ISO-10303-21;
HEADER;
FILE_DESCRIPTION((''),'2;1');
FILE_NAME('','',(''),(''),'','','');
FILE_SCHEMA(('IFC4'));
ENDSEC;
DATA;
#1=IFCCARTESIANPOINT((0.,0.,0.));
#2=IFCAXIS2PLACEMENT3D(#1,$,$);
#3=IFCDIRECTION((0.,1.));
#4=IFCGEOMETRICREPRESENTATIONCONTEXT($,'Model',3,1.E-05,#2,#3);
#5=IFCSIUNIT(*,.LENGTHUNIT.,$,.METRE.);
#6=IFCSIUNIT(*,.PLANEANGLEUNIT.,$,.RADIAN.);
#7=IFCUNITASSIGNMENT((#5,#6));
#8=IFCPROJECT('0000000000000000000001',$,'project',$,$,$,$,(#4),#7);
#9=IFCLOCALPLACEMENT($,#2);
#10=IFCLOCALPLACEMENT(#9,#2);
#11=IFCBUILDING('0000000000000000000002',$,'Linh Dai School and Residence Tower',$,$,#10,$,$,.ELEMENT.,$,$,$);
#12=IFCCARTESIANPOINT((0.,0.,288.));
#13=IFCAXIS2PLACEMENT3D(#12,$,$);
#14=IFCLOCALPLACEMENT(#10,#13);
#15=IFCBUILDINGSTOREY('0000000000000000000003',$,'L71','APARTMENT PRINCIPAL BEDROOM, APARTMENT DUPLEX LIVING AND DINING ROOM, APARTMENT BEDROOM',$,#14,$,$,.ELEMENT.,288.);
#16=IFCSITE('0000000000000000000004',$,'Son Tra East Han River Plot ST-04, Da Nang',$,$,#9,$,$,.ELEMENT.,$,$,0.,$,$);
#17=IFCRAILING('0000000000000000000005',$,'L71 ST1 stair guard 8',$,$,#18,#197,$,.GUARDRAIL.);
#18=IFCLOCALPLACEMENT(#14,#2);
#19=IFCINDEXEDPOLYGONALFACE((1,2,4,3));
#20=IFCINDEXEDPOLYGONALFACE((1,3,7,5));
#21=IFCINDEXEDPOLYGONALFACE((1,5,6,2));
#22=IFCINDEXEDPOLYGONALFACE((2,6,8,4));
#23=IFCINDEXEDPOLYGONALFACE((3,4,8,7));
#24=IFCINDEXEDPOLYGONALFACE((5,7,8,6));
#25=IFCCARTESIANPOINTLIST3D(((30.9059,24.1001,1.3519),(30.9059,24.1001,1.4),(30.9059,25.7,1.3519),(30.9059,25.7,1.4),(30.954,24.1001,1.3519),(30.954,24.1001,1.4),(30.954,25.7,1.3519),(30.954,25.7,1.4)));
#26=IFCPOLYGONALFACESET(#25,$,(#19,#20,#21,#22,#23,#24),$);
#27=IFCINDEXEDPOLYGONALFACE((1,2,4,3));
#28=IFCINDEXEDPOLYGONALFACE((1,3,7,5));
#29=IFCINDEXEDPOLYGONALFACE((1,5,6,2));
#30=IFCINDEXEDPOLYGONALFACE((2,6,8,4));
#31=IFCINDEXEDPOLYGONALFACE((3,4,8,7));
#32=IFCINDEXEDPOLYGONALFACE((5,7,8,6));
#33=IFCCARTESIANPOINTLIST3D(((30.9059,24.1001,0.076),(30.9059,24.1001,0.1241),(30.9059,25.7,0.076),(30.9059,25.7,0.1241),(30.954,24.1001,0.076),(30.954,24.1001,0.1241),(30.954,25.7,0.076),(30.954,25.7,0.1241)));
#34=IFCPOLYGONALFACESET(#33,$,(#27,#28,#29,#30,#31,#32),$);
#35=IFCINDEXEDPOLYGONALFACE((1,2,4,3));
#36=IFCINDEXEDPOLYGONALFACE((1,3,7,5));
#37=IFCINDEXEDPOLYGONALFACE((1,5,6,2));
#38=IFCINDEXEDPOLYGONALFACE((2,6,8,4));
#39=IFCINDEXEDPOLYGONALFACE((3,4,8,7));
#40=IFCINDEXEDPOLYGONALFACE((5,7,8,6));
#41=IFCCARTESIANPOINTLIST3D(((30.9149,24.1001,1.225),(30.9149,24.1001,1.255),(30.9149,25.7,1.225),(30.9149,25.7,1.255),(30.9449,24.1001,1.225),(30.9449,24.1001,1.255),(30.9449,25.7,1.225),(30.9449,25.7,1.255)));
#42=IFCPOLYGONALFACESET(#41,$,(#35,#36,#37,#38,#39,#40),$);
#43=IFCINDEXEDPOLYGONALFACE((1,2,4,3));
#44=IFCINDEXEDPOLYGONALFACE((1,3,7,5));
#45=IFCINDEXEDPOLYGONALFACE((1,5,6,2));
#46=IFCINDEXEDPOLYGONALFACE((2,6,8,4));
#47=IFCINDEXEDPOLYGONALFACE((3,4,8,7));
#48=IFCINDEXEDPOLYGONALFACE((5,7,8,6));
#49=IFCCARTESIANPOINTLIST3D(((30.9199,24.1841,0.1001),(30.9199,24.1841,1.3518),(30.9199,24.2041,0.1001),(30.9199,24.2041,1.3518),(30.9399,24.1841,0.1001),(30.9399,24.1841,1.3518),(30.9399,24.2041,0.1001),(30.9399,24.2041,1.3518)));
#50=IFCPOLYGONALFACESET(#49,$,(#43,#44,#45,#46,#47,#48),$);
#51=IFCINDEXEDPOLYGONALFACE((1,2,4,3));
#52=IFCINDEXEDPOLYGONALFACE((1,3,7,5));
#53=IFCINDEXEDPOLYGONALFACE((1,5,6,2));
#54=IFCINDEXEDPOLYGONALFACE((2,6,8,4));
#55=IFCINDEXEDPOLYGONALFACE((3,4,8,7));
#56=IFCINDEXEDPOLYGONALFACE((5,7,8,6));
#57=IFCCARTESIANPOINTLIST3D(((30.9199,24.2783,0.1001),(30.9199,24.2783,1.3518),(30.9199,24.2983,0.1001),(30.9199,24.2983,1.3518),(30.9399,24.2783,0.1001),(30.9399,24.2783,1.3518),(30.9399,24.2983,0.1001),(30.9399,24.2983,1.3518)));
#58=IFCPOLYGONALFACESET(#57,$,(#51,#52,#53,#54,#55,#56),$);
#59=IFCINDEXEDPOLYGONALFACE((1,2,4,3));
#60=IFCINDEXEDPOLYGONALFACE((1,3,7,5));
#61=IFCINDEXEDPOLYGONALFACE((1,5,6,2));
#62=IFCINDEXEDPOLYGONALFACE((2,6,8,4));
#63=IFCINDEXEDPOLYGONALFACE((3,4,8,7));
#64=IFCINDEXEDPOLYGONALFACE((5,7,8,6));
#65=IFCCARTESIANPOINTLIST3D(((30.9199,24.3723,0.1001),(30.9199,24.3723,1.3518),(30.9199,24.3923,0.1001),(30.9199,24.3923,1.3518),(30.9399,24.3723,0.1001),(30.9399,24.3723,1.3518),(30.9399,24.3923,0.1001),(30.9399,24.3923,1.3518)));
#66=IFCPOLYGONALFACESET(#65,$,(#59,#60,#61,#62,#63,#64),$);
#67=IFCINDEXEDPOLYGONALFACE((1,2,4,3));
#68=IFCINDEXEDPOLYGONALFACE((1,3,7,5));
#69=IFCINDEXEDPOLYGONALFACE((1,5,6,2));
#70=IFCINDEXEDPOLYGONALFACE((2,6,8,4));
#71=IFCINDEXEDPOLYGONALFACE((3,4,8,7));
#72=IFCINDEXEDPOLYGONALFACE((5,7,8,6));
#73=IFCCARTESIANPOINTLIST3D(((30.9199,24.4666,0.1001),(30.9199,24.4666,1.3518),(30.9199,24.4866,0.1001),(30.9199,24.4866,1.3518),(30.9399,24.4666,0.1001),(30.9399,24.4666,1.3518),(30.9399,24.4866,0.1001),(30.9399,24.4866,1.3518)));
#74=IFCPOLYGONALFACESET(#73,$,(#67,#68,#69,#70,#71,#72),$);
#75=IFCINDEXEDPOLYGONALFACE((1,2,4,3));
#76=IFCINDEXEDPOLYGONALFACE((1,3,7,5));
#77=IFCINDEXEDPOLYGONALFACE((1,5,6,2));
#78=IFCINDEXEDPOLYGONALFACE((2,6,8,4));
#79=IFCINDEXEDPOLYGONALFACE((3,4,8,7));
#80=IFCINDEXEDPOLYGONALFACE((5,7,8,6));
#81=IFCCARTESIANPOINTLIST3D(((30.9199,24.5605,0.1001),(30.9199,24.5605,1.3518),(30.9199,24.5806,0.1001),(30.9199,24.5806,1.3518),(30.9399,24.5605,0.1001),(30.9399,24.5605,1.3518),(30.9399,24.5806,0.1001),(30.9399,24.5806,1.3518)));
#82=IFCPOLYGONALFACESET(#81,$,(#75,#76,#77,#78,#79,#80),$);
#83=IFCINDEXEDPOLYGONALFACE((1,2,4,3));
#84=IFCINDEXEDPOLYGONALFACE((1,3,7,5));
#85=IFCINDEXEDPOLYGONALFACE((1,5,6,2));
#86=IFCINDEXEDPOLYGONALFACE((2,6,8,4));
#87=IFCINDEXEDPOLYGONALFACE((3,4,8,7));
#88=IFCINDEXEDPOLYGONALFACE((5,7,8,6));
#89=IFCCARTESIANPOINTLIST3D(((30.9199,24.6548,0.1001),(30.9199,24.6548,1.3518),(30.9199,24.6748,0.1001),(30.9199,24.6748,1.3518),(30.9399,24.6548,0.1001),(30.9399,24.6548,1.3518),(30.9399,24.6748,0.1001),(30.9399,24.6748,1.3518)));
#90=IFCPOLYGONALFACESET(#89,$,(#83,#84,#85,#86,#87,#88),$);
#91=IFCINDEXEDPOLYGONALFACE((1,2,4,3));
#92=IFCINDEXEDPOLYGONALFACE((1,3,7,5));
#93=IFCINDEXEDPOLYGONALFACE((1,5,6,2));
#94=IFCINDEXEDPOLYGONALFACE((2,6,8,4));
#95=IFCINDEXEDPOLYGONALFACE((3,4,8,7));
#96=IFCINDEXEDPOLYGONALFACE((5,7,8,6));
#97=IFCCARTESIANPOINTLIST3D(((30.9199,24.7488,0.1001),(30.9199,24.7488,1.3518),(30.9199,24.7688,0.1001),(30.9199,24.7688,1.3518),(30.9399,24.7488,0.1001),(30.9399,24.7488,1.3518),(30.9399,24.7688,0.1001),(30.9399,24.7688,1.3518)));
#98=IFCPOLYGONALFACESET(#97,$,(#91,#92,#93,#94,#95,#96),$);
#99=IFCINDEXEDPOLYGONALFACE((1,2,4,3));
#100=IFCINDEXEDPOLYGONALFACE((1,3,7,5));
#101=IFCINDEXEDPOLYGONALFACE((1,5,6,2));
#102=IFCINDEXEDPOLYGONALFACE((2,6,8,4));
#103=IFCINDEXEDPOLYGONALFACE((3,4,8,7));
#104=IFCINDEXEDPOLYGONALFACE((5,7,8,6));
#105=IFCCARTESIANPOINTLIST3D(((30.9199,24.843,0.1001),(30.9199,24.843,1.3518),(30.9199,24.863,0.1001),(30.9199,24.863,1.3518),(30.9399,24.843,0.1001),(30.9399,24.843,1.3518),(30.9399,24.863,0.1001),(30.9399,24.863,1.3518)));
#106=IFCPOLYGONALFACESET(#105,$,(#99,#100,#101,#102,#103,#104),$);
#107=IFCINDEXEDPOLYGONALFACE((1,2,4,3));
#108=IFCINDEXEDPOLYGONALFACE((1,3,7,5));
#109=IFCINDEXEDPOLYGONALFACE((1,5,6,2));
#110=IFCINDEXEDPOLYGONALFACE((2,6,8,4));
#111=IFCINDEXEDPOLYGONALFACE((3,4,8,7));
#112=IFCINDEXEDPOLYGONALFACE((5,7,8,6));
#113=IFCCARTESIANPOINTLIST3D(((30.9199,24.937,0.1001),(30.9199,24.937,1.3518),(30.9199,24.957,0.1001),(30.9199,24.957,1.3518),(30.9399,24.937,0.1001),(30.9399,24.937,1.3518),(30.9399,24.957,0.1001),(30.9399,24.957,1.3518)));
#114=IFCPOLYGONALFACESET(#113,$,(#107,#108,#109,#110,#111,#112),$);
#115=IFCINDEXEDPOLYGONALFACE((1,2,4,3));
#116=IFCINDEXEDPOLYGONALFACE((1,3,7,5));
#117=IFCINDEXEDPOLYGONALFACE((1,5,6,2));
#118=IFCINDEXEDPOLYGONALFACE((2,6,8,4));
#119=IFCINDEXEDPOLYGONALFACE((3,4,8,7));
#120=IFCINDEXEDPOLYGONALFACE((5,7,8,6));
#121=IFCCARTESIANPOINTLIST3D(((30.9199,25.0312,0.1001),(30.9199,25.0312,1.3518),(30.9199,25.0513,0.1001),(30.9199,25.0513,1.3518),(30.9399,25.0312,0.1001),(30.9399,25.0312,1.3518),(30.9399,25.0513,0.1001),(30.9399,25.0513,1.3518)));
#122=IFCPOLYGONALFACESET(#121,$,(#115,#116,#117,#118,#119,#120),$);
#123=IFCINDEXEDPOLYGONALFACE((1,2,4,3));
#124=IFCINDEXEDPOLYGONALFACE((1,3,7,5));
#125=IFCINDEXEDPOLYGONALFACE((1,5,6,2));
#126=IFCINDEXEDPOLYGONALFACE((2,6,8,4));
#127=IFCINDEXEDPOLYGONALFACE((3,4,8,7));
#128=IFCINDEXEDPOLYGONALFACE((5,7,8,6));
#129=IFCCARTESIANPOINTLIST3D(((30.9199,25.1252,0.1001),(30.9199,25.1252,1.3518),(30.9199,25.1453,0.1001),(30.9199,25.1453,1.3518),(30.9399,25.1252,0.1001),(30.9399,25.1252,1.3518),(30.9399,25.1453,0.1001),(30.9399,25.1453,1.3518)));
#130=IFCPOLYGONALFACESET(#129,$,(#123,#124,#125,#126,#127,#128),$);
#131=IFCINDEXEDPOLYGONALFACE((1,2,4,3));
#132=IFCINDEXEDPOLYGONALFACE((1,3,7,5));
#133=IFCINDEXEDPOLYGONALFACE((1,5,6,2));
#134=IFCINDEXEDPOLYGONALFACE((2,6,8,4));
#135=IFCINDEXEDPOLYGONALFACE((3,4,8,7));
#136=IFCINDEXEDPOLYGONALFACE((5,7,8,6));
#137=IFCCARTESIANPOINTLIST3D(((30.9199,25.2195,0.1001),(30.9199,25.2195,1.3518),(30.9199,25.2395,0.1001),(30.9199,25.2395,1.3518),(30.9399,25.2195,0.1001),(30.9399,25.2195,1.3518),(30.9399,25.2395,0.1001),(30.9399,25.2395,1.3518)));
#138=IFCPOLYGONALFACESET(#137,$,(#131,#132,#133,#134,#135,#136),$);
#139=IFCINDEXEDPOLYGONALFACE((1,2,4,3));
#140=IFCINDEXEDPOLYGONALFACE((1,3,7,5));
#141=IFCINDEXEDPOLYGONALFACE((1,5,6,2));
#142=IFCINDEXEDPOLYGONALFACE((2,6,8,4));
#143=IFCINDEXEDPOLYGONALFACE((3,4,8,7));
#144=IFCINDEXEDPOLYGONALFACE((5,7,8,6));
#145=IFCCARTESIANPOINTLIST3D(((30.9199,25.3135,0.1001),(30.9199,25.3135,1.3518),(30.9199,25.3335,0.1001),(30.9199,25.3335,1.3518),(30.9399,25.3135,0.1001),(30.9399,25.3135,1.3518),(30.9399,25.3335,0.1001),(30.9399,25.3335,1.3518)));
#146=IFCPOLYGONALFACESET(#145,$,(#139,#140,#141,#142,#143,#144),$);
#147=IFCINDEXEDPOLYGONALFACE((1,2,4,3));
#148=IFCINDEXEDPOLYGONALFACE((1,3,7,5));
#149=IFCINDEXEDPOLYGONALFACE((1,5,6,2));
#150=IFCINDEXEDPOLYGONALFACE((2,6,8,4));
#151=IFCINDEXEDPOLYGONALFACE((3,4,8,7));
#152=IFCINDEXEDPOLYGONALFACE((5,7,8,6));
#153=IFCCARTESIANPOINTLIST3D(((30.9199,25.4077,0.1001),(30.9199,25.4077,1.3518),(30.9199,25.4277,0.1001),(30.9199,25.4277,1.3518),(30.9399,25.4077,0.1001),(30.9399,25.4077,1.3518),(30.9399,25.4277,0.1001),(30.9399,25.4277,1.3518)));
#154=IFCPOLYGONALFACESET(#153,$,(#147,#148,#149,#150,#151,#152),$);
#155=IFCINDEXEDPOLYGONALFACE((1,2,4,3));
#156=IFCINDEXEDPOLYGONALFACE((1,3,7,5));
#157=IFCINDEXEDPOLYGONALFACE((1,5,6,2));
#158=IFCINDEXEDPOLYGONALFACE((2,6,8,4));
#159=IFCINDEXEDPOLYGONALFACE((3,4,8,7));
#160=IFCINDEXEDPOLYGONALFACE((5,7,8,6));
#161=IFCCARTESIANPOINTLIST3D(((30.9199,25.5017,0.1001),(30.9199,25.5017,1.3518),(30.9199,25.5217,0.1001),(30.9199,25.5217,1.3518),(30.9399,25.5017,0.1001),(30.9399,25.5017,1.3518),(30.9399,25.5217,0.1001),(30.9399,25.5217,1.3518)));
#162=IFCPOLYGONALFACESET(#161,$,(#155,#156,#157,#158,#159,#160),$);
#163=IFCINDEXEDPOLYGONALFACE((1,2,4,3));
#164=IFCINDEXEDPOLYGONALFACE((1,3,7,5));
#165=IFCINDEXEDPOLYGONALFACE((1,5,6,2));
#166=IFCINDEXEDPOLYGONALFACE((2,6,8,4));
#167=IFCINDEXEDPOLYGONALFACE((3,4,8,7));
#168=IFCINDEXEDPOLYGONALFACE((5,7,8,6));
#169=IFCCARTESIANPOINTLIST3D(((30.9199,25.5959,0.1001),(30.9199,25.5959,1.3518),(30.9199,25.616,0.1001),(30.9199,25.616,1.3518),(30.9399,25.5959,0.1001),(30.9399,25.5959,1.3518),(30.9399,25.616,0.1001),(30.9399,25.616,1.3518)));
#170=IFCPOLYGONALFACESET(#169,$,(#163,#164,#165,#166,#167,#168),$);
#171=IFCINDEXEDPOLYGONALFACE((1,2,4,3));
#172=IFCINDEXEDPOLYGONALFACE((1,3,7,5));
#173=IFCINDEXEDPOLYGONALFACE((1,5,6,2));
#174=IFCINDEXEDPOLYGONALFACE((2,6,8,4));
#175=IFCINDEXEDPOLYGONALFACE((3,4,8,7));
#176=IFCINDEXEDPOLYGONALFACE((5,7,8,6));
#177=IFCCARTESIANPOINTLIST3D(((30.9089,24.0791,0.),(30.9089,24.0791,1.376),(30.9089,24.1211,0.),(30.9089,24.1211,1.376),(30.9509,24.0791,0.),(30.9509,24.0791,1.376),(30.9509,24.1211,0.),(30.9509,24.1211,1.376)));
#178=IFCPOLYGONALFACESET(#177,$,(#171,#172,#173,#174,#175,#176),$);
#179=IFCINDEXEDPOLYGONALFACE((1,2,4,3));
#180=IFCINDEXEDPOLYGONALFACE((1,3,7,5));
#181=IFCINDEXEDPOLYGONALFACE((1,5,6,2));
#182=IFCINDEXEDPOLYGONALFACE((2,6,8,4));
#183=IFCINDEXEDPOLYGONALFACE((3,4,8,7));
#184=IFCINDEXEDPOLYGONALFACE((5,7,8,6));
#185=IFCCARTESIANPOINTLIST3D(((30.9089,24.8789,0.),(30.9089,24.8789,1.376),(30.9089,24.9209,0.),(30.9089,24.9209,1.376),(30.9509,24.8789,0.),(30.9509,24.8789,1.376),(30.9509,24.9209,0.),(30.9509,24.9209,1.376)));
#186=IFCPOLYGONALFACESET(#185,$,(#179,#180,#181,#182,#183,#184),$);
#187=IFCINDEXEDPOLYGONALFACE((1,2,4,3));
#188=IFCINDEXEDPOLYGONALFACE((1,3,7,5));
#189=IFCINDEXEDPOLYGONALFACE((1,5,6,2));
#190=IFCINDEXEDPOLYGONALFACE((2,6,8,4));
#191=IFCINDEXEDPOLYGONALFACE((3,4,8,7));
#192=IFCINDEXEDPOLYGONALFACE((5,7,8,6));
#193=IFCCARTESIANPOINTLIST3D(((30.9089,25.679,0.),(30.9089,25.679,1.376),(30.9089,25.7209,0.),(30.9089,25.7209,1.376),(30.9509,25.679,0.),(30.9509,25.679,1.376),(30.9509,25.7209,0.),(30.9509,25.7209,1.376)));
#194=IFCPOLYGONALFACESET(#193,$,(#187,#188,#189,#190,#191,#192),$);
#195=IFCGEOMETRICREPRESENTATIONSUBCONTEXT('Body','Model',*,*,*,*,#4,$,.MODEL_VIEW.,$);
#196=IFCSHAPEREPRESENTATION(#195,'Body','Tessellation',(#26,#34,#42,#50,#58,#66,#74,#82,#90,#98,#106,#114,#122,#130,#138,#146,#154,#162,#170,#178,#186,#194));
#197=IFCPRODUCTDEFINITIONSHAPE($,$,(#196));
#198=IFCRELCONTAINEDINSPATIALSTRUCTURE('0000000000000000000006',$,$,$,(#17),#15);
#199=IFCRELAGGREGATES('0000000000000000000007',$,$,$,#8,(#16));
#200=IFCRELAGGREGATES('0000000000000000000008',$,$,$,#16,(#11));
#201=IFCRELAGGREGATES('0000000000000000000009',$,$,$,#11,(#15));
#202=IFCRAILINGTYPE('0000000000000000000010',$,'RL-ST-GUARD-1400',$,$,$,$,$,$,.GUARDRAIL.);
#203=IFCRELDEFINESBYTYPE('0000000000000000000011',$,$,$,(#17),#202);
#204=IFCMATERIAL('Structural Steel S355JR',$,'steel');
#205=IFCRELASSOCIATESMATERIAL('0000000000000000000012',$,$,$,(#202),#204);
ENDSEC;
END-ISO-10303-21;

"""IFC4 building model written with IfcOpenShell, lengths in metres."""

from ifc_helpers import new_model, si_unit, direction, frame, origin, origin_2d, place, context, subcontext, project, spatial, rectangle, extrude, source, transform, mapped, material, type_object, element, save


model = new_model("IFC4")

# Units and contexts
model_context = context("Model", 3, precision=1e-05, world=origin(), true_north=direction((0.0, 1.0)))
body_context = subcontext(model_context, "Body", "Model", "MODEL_VIEW")
ifc_project = project(units=[si_unit("LENGTHUNIT", "METRE"), si_unit("PLANEANGLEUNIT", "RADIAN")], contexts=[model_context])

# Site, building, storey
site_placement = place(None, origin())
site = spatial("IfcSite", under=ifc_project, at=site_placement, Name="Son Tra East Han River Plot ST-04, Da Nang", CompositionType="ELEMENT", RefElevation=0.0)
building_placement = place(site_placement, origin())
building = spatial("IfcBuilding", under=site, at=building_placement, Name="Linh Dai School and Residence Tower", CompositionType="ELEMENT")
storey_placement = place(building_placement, frame((0.0, 0.0, 288.0)))
storey = spatial("IfcBuildingStorey", under=building, at=storey_placement, Name="L71", Description="APARTMENT PRINCIPAL BEDROOM, APARTMENT DUPLEX LIVING AND DINING ROOM, APARTMENT BEDROOM", CompositionType="ELEMENT", Elevation=288.0)

# Shared definitions
ifc_material_1 = material(Name="Structural Steel S355JR", Category="steel")

# Railing
railing_type_1 = type_object("IfcRailingType", Name="RL-ST-GUARD-1400", PredefinedType="GUARDRAIL", material=ifc_material_1)
shared_shape_1 = source(origin(), body_context, "Body", "SweptSolid", [
    extrude(rectangle(XDim=0.0481, YDim=0.0481, at=origin_2d()), frame((0.0, 0.0, 1.376), z_axis=(0.0, 1.0, 0.0), x_axis=(-1.0, 0.0, 0.0)), (0.0, 0.0, 1.0), 1.5999),
    extrude(rectangle(XDim=0.0481, YDim=0.0481, at=origin_2d()), frame((0.0, 0.0, 0.1001), z_axis=(0.0, 1.0, 0.0), x_axis=(-1.0, 0.0, 0.0)), (0.0, 0.0, 1.0), 1.5999),
    extrude(rectangle(XDim=0.03, YDim=0.03, at=origin_2d()), frame((0.0, 0.0, 1.24), z_axis=(0.0, 1.0, 0.0), x_axis=(-1.0, 0.0, 0.0)), (0.0, 0.0, 1.0), 1.5999),
    extrude(rectangle(XDim=0.02, YDim=0.02, at=origin_2d()), frame((0.0, 0.094, 0.1001)), (0.0, 0.0, 1.0), 1.2517),
    extrude(rectangle(XDim=0.02, YDim=0.02, at=origin_2d()), frame((0.0, 0.1882, 0.1001)), (0.0, 0.0, 1.0), 1.2517),
    extrude(rectangle(XDim=0.02, YDim=0.02, at=origin_2d()), frame((0.0, 0.2822, 0.1001)), (0.0, 0.0, 1.0), 1.2517),
    extrude(rectangle(XDim=0.02, YDim=0.02, at=origin_2d()), frame((0.0, 0.3765, 0.1001)), (0.0, 0.0, 1.0), 1.2517),
    extrude(rectangle(XDim=0.02, YDim=0.02, at=origin_2d()), frame((0.0, 0.4705, 0.1001)), (0.0, 0.0, 1.0), 1.2517),
    extrude(rectangle(XDim=0.02, YDim=0.02, at=origin_2d()), frame((0.0, 0.5647, 0.1001)), (0.0, 0.0, 1.0), 1.2517),
    extrude(rectangle(XDim=0.02, YDim=0.02, at=origin_2d()), frame((0.0, 0.6587, 0.1001)), (0.0, 0.0, 1.0), 1.2517),
    extrude(rectangle(XDim=0.02, YDim=0.02, at=origin_2d()), frame((0.0, 0.7529, 0.1001)), (0.0, 0.0, 1.0), 1.2517),
    extrude(rectangle(XDim=0.02, YDim=0.02, at=origin_2d()), frame((0.0, 0.8469, 0.1001)), (0.0, 0.0, 1.0), 1.2517),
    extrude(rectangle(XDim=0.02, YDim=0.02, at=origin_2d()), frame((0.0, 0.9412, 0.1001)), (0.0, 0.0, 1.0), 1.2517),
    extrude(rectangle(XDim=0.02, YDim=0.02, at=origin_2d()), frame((0.0, 1.0352, 0.1001)), (0.0, 0.0, 1.0), 1.2517),
    extrude(rectangle(XDim=0.02, YDim=0.02, at=origin_2d()), frame((0.0, 1.1294, 0.1001)), (0.0, 0.0, 1.0), 1.2517),
    extrude(rectangle(XDim=0.02, YDim=0.02, at=origin_2d()), frame((0.0, 1.2234, 0.1001)), (0.0, 0.0, 1.0), 1.2517),
    extrude(rectangle(XDim=0.02, YDim=0.02, at=origin_2d()), frame((0.0, 1.3176, 0.1001)), (0.0, 0.0, 1.0), 1.2517),
    extrude(rectangle(XDim=0.02, YDim=0.02, at=origin_2d()), frame((0.0, 1.4116, 0.1001)), (0.0, 0.0, 1.0), 1.2517),
    extrude(rectangle(XDim=0.02, YDim=0.02, at=origin_2d()), frame((0.0, 1.5059, 0.1001)), (0.0, 0.0, 1.0), 1.2517),
    extrude(rectangle(XDim=0.042, YDim=0.042, at=origin_2d()), origin(), (0.0, 0.0, 1.0), 1.376),
    extrude(rectangle(XDim=0.042, YDim=0.042, at=origin_2d()), frame((0.0, 0.7998, 0.0)), (0.0, 0.0, 1.0), 1.376),
    extrude(rectangle(XDim=0.042, YDim=0.042, at=origin_2d()), frame((0.0, 1.5999, 0.0)), (0.0, 0.0, 1.0), 1.376),
])
for number, where, name in (
    (1, (30.9299, 24.1001, 0.0), "L71 ST1 stair guard 8"),
):
    element("IfcRailing", number, at=place(storey_placement, frame(where)), inside=storey, type_object=railing_type_1, Name=name, PredefinedType="GUARDRAIL", context=body_context, shape_type="MappedRepresentation", body=[
        mapped(shared_shape_1, transform((0.0, 0.0, 0.0), x_axis=(1.0, 0.0, 0.0), y_axis=(0.0, 1.0, 0.0), z_axis=(0.0, 0.0, 1.0), scale=1.0)),
    ])

save(model, "model.ifc")
